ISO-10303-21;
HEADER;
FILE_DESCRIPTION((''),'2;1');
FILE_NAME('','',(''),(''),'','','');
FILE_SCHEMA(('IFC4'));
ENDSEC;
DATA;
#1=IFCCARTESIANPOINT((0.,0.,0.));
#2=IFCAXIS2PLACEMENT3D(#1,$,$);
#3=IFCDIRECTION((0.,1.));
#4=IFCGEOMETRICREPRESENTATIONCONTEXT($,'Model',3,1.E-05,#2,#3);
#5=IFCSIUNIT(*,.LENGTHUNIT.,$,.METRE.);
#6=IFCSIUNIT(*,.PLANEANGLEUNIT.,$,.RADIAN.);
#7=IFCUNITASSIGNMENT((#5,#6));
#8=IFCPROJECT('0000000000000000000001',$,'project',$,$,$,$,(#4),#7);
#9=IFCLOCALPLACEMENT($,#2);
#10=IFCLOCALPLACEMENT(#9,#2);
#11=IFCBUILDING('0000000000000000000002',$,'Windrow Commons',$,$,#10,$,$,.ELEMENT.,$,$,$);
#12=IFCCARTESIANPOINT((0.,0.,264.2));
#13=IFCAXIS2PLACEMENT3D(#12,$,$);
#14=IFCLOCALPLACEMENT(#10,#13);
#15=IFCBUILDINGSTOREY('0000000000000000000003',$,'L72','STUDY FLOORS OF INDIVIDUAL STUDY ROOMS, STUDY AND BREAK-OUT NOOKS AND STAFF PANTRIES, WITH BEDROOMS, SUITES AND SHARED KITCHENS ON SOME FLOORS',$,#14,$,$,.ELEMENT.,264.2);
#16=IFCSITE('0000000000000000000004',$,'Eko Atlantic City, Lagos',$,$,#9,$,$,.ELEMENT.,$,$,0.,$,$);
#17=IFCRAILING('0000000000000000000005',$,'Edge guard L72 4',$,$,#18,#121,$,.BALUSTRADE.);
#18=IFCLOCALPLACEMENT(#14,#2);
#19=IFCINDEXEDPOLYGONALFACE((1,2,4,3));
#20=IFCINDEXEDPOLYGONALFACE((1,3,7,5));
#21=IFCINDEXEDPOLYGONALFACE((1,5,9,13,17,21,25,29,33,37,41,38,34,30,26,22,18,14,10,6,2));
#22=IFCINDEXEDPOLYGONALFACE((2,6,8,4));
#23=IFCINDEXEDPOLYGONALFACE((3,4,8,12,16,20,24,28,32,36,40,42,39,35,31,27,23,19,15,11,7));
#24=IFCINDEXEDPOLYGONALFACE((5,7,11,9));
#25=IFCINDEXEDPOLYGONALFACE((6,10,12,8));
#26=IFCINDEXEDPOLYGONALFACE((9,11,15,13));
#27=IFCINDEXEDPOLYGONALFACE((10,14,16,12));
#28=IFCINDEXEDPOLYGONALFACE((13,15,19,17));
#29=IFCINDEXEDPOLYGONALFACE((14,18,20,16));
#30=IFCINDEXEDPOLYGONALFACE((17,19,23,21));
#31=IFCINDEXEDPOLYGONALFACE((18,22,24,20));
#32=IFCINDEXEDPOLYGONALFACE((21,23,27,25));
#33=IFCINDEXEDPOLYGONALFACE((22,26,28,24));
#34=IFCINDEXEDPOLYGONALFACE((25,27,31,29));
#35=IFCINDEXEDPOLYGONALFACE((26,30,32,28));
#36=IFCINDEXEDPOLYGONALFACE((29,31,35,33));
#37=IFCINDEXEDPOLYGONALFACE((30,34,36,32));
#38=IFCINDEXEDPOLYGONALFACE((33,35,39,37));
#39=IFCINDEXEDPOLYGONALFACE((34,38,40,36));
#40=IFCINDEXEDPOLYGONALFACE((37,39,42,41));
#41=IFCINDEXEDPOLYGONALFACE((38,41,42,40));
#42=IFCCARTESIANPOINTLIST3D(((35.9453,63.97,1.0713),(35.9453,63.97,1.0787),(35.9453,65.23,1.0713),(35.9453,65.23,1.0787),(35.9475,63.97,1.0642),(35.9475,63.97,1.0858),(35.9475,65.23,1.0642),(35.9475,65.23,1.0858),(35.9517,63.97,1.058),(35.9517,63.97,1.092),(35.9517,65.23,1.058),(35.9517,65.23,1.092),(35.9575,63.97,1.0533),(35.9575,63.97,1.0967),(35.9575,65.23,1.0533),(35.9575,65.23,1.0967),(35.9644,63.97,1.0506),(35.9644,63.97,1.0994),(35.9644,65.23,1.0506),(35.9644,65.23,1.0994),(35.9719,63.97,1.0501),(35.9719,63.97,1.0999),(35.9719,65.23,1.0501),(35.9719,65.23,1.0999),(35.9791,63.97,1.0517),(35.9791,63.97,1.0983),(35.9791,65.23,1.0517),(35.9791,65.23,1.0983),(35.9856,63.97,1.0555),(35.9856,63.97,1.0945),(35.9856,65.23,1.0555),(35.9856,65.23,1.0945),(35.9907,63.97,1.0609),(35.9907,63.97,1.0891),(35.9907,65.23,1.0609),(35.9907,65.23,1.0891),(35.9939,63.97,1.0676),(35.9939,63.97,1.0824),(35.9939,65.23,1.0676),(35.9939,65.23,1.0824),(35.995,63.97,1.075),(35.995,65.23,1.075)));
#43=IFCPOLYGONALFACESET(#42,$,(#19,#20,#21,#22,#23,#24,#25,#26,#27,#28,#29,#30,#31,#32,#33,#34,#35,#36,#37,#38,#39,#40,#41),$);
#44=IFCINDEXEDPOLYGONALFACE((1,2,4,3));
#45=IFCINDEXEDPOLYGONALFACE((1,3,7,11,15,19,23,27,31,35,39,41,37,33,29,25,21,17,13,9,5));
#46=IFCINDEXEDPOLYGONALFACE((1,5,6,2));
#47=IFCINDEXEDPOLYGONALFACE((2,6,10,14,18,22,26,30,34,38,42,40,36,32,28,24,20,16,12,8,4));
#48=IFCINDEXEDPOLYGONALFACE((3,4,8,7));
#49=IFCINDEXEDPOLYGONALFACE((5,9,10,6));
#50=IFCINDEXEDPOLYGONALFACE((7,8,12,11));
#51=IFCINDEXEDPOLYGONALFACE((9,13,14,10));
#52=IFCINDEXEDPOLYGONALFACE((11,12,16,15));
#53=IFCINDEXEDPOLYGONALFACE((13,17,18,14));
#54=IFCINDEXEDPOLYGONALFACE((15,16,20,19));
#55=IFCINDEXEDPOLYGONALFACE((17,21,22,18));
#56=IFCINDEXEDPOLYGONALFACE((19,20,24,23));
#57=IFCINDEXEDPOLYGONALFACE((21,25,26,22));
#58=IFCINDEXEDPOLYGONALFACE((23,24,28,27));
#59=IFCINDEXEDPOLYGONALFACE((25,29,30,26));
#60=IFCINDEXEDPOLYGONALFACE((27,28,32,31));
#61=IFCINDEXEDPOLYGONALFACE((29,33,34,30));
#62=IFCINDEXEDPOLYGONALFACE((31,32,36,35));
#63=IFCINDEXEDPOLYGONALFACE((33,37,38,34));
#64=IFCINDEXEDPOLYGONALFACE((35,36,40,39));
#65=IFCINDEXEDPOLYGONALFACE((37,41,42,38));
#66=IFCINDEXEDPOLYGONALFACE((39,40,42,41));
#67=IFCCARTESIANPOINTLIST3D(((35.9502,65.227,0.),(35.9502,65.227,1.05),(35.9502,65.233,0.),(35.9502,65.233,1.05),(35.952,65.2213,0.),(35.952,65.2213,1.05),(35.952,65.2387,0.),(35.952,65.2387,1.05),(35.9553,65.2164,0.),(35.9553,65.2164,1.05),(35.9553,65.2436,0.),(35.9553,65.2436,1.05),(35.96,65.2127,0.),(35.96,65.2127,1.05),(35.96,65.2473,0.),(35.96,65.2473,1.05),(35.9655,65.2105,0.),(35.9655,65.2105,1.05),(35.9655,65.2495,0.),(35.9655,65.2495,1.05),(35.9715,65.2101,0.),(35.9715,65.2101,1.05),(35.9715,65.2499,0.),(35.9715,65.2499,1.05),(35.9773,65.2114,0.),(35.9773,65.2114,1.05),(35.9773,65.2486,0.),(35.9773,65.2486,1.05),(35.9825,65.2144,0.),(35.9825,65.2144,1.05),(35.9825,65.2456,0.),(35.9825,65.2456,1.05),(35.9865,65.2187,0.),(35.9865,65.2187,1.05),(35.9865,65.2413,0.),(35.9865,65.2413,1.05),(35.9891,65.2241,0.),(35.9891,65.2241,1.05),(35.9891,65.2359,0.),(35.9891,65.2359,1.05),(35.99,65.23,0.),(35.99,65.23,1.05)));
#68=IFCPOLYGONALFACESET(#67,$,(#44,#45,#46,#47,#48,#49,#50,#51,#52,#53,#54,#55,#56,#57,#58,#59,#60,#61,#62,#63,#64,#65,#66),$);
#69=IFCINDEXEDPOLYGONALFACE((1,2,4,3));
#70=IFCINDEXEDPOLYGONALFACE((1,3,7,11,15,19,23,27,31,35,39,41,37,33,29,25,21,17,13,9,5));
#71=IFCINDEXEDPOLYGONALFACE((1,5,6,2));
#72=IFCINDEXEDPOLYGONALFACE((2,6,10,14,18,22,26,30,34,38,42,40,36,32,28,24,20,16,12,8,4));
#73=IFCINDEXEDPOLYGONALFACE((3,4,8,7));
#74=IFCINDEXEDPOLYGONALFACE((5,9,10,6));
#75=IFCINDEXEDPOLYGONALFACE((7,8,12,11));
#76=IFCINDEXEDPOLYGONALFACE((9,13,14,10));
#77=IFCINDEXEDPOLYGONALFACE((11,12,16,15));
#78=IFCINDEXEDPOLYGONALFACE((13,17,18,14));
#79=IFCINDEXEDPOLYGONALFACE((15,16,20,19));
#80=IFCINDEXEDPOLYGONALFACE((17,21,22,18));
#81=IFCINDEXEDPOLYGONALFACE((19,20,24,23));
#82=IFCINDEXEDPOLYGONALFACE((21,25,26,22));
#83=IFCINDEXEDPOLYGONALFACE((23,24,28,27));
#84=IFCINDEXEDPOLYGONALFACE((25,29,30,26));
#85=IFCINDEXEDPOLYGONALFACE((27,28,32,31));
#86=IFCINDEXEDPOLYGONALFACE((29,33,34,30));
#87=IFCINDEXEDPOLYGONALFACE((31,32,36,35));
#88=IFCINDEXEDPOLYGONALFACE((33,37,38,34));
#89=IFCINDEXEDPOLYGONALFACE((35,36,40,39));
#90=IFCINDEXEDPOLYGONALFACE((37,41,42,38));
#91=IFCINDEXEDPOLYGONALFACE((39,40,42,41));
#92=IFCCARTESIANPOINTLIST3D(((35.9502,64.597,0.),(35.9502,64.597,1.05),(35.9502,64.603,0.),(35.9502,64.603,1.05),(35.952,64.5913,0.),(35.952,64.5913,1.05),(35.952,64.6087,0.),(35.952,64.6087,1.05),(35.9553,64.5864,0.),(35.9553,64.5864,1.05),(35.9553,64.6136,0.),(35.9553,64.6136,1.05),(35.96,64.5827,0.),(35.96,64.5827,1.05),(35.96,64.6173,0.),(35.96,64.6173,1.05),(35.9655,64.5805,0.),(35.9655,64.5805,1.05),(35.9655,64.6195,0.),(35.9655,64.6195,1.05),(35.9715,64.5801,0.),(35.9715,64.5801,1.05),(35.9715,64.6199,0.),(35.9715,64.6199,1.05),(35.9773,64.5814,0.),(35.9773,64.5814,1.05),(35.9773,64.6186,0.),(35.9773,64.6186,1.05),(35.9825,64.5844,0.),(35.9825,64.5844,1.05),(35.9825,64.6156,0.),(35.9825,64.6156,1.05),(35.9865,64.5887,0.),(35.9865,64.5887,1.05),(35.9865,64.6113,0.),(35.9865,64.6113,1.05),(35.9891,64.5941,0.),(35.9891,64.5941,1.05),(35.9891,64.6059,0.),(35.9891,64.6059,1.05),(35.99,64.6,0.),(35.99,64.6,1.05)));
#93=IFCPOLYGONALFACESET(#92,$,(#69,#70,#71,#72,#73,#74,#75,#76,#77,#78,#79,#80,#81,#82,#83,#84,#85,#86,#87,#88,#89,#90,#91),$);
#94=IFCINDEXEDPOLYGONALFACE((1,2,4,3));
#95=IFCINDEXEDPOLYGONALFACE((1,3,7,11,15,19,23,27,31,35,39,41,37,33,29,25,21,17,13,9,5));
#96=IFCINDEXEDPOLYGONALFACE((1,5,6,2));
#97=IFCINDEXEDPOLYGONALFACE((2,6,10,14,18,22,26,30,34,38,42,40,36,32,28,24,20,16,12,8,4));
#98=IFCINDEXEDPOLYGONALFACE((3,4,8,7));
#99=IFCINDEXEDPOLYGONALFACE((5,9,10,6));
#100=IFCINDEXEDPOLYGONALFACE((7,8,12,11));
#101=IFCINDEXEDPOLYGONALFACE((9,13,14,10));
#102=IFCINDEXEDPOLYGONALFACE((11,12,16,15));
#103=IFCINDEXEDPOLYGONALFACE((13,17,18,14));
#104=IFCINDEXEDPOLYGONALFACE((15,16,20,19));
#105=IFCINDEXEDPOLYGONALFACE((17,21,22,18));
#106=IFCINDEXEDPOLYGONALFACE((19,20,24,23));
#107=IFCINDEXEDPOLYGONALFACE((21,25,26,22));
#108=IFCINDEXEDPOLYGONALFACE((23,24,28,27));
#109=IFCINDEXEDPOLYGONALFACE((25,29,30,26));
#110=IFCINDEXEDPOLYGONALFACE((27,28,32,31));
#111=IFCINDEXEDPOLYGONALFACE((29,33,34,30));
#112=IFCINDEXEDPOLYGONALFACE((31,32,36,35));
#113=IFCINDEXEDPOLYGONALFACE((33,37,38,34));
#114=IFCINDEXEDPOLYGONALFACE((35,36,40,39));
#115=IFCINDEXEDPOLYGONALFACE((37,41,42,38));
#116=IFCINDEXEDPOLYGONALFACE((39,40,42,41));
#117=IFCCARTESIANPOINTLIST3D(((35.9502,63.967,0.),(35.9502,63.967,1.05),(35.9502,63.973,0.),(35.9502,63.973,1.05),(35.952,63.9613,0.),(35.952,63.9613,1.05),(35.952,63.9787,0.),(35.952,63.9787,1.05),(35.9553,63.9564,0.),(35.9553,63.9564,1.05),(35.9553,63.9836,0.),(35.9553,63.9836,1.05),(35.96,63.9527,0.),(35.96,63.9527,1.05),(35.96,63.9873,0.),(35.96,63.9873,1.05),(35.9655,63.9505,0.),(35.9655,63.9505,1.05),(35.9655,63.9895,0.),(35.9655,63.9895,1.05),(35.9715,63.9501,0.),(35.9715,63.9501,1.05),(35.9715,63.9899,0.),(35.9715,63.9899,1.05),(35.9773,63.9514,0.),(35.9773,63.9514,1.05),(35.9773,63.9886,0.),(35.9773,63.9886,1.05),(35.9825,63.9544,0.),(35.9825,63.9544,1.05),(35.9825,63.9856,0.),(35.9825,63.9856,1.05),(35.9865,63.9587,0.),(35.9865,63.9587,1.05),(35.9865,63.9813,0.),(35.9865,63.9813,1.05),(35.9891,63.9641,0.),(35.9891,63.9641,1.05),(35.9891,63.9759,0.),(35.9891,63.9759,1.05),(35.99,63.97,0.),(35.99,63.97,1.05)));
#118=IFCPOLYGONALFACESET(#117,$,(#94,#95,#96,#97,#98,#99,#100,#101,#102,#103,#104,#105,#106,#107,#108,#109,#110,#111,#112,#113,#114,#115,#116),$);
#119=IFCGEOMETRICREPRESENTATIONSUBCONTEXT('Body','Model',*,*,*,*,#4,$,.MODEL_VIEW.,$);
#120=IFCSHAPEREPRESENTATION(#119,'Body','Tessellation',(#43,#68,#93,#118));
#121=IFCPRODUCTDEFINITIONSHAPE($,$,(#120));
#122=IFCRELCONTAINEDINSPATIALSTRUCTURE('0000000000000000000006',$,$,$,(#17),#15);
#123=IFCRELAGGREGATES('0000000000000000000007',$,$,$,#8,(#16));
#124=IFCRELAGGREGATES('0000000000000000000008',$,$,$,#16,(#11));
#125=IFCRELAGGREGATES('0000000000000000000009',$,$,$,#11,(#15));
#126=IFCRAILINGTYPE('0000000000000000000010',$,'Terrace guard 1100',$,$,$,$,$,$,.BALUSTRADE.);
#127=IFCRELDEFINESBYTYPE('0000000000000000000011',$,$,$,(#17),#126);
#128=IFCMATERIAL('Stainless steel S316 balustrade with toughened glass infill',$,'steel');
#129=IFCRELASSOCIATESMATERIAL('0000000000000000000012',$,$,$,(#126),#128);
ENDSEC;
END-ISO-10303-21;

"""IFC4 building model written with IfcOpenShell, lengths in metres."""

from ifc_helpers import new_model, si_unit, direction, frame, origin, origin_2d, place, context, subcontext, project, spatial, circle, extrude, material, type_object, element, save


model = new_model("IFC4")

# Units and contexts
model_context = context("Model", 3, precision=1e-05, world=origin(), true_north=direction((0.0, 1.0)))
body_context = subcontext(model_context, "Body", "Model", "MODEL_VIEW")
ifc_project = project(units=[si_unit("LENGTHUNIT", "METRE"), si_unit("PLANEANGLEUNIT", "RADIAN")], contexts=[model_context])

# Site, building, storey
site_placement = place(None, origin())
site = spatial("IfcSite", under=ifc_project, at=site_placement, Name="Eko Atlantic City, Lagos", CompositionType="ELEMENT", RefElevation=0.0)
building_placement = place(site_placement, origin())
building = spatial("IfcBuilding", under=site, at=building_placement, Name="Windrow Commons", CompositionType="ELEMENT")
storey_placement = place(building_placement, frame((0.0, 0.0, 264.2)))
storey = spatial("IfcBuildingStorey", under=building, at=storey_placement, Name="L72", Description="STUDY FLOORS OF INDIVIDUAL STUDY ROOMS, STUDY AND BREAK-OUT NOOKS AND STAFF PANTRIES, WITH BEDROOMS, SUITES AND SHARED KITCHENS ON SOME FLOORS", CompositionType="ELEMENT", Elevation=264.2)

# Railing
ifc_material_1 = material(Name="Stainless steel S316 balustrade with toughened glass infill", Category="steel")
railing_type_1 = type_object("IfcRailingType", Name="Terrace guard 1100", PredefinedType="BALUSTRADE", material=ifc_material_1)
railing_1_placement = place(storey_placement, frame((35.97, 65.23, 0.0)))
element("IfcRailing", 1, at=railing_1_placement, inside=storey, type_object=railing_type_1, Name="Edge guard L72 4", PredefinedType="BALUSTRADE", context=body_context, shape_type="SweptSolid", body=[
    extrude(circle(Radius=0.025, at=origin_2d()), frame((0.0, 0.0, 1.075), z_axis=(0.0, -1.0, 0.0), x_axis=(1.0, 0.0, 0.0)), (0.0, 0.0, 1.0), 1.26),
    extrude(circle(Radius=0.02, at=origin_2d()), origin(), (0.0, 0.0, 1.0), 1.05),
    extrude(circle(Radius=0.02, at=origin_2d()), frame((0.0, -0.63, 0.0)), (0.0, 0.0, 1.0), 1.05),
    extrude(circle(Radius=0.02, at=origin_2d()), frame((0.0, -1.26, 0.0)), (0.0, 0.0, 1.0), 1.05),
])

save(model, "model.ifc")
